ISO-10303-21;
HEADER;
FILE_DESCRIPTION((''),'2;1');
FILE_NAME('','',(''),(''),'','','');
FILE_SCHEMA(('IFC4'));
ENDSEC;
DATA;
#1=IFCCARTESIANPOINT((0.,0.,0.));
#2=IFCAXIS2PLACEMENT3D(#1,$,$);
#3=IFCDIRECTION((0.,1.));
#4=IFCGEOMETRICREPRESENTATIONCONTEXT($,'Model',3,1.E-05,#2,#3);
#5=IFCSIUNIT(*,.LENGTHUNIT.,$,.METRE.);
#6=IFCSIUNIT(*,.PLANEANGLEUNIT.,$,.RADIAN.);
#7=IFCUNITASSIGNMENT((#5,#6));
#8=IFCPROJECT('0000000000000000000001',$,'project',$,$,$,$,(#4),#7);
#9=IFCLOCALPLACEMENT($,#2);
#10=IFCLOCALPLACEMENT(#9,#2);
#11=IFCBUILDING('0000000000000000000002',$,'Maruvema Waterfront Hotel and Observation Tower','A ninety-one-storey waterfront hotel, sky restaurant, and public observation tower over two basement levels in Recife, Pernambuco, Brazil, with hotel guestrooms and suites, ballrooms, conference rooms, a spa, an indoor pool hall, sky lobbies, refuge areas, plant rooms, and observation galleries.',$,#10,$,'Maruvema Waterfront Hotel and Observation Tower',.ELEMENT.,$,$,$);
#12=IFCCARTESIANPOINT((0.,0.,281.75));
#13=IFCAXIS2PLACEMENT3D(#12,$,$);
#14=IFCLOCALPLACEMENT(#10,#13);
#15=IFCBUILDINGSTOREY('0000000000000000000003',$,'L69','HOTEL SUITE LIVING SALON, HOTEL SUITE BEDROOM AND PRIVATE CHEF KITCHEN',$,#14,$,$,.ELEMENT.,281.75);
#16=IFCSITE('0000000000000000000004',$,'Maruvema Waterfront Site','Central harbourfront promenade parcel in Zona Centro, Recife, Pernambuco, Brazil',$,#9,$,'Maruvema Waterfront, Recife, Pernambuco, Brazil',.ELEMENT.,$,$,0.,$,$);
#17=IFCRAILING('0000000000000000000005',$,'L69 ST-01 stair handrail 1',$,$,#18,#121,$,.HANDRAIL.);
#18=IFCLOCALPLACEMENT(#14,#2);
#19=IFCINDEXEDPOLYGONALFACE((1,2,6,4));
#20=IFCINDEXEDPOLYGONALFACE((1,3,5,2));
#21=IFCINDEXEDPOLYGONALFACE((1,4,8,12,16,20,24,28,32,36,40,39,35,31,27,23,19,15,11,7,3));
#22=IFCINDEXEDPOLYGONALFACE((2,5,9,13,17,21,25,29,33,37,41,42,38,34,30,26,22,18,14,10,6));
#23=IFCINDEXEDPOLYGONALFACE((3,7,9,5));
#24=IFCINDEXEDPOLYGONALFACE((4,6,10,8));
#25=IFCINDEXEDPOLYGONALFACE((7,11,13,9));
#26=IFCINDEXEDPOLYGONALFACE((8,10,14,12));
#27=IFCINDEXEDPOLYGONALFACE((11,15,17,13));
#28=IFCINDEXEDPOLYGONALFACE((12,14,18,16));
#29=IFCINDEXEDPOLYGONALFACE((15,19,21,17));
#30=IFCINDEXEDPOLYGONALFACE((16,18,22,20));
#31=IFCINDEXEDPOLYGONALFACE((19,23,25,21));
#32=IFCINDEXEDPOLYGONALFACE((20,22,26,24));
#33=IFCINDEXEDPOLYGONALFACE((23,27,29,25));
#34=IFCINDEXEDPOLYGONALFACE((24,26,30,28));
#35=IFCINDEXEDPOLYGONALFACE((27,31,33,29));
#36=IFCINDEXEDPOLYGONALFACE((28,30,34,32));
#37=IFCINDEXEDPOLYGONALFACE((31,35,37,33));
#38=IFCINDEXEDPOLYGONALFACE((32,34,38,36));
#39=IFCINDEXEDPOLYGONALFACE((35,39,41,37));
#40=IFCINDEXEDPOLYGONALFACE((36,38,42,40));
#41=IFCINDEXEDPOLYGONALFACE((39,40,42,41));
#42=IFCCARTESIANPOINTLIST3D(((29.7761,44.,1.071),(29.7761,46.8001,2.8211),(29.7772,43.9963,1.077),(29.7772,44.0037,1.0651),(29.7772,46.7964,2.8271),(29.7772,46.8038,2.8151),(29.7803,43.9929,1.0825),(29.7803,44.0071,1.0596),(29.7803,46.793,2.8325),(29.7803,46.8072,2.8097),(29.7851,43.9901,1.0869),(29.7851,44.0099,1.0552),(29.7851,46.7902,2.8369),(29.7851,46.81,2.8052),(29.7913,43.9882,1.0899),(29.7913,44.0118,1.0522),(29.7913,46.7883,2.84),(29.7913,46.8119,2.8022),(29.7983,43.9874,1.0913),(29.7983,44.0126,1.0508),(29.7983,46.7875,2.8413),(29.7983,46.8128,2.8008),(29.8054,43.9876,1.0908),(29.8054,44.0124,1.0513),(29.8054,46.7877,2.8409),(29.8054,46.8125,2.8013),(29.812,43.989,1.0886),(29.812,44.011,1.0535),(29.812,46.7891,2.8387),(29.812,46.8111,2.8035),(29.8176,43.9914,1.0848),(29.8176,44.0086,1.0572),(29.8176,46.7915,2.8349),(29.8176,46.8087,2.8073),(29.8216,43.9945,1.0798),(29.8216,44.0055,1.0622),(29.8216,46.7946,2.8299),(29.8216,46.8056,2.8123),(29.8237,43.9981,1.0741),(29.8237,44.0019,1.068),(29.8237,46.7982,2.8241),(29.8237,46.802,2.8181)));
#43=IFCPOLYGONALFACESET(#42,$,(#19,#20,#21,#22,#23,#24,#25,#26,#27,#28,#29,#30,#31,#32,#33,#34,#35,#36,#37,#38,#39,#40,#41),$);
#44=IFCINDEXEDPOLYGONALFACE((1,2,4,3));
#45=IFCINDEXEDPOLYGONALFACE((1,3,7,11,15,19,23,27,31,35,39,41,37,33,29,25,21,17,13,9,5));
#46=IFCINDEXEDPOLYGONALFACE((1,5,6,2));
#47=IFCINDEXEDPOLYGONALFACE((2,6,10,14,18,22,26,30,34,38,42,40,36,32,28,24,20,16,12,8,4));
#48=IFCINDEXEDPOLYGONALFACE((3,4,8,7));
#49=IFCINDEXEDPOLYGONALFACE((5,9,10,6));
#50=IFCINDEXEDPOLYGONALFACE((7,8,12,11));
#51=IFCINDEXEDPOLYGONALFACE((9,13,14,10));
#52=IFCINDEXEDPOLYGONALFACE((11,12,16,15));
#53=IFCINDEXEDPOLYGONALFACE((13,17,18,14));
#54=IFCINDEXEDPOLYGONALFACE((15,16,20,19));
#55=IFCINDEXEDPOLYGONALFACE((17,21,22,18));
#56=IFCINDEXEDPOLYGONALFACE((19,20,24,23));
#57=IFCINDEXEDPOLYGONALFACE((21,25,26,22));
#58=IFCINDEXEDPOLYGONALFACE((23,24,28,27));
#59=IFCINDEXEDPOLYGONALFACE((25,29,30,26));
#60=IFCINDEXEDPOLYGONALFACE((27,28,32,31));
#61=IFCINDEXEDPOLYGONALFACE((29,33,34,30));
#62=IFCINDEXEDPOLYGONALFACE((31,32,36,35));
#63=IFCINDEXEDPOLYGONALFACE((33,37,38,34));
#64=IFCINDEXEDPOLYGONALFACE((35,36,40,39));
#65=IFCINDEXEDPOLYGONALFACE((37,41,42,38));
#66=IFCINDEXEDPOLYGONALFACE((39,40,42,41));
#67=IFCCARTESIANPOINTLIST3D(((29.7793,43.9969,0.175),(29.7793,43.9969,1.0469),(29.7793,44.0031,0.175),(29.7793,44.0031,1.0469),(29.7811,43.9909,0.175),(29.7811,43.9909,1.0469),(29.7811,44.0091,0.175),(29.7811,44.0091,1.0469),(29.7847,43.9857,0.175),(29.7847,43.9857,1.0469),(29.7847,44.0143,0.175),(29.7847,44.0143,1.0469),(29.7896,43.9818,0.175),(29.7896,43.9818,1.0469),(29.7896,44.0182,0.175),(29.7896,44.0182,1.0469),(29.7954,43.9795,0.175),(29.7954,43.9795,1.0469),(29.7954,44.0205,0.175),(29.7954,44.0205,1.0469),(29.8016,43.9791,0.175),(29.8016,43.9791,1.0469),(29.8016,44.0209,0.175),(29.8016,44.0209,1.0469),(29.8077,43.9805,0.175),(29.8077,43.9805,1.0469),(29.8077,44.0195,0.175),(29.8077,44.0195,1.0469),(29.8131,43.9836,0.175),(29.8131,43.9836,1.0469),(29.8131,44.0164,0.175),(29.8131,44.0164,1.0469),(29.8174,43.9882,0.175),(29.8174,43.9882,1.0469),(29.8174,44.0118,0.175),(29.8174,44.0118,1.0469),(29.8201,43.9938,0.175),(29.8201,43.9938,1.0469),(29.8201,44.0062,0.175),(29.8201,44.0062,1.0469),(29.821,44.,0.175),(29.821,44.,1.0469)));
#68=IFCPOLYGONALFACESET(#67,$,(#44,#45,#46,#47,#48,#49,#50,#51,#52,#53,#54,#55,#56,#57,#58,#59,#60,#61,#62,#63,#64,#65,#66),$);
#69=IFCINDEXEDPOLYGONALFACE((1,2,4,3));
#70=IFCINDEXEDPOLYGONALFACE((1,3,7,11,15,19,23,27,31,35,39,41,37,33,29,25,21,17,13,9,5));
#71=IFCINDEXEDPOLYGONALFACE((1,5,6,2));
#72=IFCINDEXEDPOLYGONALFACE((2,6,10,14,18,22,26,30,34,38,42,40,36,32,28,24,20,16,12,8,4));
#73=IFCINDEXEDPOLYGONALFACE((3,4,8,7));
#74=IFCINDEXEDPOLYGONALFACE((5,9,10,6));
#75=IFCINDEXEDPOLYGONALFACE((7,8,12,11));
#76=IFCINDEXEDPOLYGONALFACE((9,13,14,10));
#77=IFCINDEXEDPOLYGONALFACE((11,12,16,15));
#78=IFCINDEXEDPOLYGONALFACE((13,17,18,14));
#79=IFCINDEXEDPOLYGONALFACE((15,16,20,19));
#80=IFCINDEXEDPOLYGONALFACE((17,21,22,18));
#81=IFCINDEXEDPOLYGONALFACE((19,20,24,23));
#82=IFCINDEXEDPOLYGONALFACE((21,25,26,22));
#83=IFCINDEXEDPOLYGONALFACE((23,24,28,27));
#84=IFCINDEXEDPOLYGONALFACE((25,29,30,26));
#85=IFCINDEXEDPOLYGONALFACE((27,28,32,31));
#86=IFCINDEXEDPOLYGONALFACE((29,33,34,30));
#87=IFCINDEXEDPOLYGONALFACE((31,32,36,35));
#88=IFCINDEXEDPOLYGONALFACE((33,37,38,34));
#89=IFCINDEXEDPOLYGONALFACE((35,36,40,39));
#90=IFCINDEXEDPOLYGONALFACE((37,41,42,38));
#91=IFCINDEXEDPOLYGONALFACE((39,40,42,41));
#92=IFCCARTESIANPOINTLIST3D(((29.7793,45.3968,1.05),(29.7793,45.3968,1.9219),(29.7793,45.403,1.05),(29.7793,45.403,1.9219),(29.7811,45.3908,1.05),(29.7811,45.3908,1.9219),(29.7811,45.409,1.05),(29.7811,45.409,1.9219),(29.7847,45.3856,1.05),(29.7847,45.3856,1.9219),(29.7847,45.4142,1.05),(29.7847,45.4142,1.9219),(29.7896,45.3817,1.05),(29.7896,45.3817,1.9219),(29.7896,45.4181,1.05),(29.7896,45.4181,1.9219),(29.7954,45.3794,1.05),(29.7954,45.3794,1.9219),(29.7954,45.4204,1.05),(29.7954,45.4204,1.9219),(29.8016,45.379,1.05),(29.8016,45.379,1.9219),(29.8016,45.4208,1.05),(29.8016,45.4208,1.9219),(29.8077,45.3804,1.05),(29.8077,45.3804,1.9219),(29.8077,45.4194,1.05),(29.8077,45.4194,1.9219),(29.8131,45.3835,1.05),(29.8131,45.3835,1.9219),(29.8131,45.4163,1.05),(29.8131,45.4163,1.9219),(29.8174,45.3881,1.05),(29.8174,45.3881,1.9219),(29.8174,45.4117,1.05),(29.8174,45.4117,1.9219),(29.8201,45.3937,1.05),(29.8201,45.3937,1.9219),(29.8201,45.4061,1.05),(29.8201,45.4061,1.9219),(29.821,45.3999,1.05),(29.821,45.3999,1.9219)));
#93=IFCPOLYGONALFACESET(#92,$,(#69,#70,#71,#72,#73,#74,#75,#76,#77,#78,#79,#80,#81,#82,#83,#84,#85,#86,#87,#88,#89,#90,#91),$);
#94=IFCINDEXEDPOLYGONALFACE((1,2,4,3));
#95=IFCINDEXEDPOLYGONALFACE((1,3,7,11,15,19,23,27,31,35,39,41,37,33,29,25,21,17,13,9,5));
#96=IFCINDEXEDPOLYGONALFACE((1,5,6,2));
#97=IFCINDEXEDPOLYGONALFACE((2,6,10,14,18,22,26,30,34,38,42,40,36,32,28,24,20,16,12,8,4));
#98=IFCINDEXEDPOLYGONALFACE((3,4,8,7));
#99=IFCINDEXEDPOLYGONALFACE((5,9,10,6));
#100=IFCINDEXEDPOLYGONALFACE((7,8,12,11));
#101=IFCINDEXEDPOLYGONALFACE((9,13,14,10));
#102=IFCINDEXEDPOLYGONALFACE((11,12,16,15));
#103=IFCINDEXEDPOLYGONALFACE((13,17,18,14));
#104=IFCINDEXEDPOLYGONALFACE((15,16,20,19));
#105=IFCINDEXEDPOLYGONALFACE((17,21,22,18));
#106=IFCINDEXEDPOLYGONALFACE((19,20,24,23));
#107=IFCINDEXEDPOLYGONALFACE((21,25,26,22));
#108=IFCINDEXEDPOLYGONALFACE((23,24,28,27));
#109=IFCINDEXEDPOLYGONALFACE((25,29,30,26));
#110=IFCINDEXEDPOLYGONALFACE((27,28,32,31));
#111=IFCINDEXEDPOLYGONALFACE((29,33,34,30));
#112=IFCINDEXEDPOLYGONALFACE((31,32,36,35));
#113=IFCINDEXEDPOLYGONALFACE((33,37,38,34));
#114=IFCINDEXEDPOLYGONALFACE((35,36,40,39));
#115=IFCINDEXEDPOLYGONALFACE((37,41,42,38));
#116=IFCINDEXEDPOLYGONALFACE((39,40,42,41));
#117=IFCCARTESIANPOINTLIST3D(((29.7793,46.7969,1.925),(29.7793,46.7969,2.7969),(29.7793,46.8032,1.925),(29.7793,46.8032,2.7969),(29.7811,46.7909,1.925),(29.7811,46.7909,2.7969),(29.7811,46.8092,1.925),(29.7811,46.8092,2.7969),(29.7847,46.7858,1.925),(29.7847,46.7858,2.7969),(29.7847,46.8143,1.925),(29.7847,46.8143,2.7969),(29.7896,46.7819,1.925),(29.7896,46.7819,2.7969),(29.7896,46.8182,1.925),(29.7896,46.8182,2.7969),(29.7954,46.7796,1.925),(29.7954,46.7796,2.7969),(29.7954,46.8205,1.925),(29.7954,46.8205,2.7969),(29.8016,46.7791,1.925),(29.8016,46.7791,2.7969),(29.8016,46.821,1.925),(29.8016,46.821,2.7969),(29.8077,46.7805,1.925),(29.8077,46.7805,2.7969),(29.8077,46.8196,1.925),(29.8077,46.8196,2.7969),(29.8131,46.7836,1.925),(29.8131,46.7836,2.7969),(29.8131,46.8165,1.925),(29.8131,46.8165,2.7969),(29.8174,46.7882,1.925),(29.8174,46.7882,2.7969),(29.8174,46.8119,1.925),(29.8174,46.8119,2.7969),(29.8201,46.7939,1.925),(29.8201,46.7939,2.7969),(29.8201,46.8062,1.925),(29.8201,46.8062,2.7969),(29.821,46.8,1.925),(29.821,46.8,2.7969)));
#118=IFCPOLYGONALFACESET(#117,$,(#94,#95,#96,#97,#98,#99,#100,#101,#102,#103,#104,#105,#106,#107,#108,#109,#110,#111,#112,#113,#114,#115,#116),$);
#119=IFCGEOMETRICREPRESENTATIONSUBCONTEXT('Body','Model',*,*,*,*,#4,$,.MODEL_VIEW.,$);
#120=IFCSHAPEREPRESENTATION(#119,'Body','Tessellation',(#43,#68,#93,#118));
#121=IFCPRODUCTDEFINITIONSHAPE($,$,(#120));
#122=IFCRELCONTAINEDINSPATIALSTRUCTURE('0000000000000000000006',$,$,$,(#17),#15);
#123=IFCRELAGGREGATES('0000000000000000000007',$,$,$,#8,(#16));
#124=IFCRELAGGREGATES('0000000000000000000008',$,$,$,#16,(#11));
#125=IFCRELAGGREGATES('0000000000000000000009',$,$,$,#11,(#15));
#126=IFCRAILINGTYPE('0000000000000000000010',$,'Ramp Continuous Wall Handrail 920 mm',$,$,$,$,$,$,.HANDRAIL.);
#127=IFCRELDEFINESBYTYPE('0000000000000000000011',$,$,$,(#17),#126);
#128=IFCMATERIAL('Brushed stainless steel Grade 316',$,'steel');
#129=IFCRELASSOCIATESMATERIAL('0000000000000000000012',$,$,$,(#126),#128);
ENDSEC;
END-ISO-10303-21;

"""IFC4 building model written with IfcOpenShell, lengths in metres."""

from ifc_helpers import new_model, si_unit, direction, frame, origin, origin_2d, place, context, subcontext, project, spatial, circle, extrude, material, type_object, element, save


model = new_model("IFC4")

# Units and contexts
model_context = context("Model", 3, precision=1e-05, world=origin(), true_north=direction((0.0, 1.0)))
body_context = subcontext(model_context, "Body", "Model", "MODEL_VIEW")
ifc_project = project(units=[si_unit("LENGTHUNIT", "METRE"), si_unit("PLANEANGLEUNIT", "RADIAN")], contexts=[model_context])

# Site, building, storey
site_placement = place(None, origin())
site = spatial("IfcSite", under=ifc_project, at=site_placement, Name="Maruvema Waterfront Site", Description="Central harbourfront promenade parcel in Zona Centro, Recife, Pernambuco, Brazil", LongName="Maruvema Waterfront, Recife, Pernambuco, Brazil", CompositionType="ELEMENT", RefElevation=0.0)
building_placement = place(site_placement, origin())
building = spatial("IfcBuilding", under=site, at=building_placement, Name="Maruvema Waterfront Hotel and Observation Tower", Description="A ninety-one-storey waterfront hotel, sky restaurant, and public observation tower over two basement levels in Recife, Pernambuco, Brazil, with hotel guestrooms and suites, ballrooms, conference rooms, a spa, an indoor pool hall, sky lobbies, refuge areas, plant rooms, and observation galleries.", LongName="Maruvema Waterfront Hotel and Observation Tower", CompositionType="ELEMENT")
storey_placement = place(building_placement, frame((0.0, 0.0, 281.75)))
storey = spatial("IfcBuildingStorey", under=building, at=storey_placement, Name="L69", Description="HOTEL SUITE LIVING SALON, HOTEL SUITE BEDROOM AND PRIVATE CHEF KITCHEN", CompositionType="ELEMENT", Elevation=281.75)

# Railing
ifc_material_1 = material(Name="Brushed stainless steel Grade 316", Category="steel")
railing_type_1 = type_object("IfcRailingType", Name="Ramp Continuous Wall Handrail 920 mm", PredefinedType="HANDRAIL", material=ifc_material_1)
railing_1_placement = place(storey_placement, frame((29.8, 44.0, 0.175)))
element("IfcRailing", 1, at=railing_1_placement, inside=storey, type_object=railing_type_1, Name="L69 ST-01 stair handrail 1", PredefinedType="HANDRAIL", context=body_context, shape_type="SweptSolid", body=[
    extrude(circle(Radius=0.0239, at=origin_2d()), frame((0.0, 0.0, 0.896), z_axis=(0.0, 0.848002, 0.529992), x_axis=(-1.0, 0.0, 0.0)), (0.0, 0.0, 1.0), 3.302),
    extrude(circle(Radius=0.021, at=origin_2d()), origin(), (0.0, 0.0, 1.0), 0.8718),
    extrude(circle(Radius=0.021, at=origin_2d()), frame((0.0, 1.3999, 0.875)), (0.0, 0.0, 1.0), 0.8718),
    extrude(circle(Radius=0.021, at=origin_2d()), frame((0.0, 2.8, 1.75)), (0.0, 0.0, 1.0), 0.8718),
])

save(model, "model.ifc")
